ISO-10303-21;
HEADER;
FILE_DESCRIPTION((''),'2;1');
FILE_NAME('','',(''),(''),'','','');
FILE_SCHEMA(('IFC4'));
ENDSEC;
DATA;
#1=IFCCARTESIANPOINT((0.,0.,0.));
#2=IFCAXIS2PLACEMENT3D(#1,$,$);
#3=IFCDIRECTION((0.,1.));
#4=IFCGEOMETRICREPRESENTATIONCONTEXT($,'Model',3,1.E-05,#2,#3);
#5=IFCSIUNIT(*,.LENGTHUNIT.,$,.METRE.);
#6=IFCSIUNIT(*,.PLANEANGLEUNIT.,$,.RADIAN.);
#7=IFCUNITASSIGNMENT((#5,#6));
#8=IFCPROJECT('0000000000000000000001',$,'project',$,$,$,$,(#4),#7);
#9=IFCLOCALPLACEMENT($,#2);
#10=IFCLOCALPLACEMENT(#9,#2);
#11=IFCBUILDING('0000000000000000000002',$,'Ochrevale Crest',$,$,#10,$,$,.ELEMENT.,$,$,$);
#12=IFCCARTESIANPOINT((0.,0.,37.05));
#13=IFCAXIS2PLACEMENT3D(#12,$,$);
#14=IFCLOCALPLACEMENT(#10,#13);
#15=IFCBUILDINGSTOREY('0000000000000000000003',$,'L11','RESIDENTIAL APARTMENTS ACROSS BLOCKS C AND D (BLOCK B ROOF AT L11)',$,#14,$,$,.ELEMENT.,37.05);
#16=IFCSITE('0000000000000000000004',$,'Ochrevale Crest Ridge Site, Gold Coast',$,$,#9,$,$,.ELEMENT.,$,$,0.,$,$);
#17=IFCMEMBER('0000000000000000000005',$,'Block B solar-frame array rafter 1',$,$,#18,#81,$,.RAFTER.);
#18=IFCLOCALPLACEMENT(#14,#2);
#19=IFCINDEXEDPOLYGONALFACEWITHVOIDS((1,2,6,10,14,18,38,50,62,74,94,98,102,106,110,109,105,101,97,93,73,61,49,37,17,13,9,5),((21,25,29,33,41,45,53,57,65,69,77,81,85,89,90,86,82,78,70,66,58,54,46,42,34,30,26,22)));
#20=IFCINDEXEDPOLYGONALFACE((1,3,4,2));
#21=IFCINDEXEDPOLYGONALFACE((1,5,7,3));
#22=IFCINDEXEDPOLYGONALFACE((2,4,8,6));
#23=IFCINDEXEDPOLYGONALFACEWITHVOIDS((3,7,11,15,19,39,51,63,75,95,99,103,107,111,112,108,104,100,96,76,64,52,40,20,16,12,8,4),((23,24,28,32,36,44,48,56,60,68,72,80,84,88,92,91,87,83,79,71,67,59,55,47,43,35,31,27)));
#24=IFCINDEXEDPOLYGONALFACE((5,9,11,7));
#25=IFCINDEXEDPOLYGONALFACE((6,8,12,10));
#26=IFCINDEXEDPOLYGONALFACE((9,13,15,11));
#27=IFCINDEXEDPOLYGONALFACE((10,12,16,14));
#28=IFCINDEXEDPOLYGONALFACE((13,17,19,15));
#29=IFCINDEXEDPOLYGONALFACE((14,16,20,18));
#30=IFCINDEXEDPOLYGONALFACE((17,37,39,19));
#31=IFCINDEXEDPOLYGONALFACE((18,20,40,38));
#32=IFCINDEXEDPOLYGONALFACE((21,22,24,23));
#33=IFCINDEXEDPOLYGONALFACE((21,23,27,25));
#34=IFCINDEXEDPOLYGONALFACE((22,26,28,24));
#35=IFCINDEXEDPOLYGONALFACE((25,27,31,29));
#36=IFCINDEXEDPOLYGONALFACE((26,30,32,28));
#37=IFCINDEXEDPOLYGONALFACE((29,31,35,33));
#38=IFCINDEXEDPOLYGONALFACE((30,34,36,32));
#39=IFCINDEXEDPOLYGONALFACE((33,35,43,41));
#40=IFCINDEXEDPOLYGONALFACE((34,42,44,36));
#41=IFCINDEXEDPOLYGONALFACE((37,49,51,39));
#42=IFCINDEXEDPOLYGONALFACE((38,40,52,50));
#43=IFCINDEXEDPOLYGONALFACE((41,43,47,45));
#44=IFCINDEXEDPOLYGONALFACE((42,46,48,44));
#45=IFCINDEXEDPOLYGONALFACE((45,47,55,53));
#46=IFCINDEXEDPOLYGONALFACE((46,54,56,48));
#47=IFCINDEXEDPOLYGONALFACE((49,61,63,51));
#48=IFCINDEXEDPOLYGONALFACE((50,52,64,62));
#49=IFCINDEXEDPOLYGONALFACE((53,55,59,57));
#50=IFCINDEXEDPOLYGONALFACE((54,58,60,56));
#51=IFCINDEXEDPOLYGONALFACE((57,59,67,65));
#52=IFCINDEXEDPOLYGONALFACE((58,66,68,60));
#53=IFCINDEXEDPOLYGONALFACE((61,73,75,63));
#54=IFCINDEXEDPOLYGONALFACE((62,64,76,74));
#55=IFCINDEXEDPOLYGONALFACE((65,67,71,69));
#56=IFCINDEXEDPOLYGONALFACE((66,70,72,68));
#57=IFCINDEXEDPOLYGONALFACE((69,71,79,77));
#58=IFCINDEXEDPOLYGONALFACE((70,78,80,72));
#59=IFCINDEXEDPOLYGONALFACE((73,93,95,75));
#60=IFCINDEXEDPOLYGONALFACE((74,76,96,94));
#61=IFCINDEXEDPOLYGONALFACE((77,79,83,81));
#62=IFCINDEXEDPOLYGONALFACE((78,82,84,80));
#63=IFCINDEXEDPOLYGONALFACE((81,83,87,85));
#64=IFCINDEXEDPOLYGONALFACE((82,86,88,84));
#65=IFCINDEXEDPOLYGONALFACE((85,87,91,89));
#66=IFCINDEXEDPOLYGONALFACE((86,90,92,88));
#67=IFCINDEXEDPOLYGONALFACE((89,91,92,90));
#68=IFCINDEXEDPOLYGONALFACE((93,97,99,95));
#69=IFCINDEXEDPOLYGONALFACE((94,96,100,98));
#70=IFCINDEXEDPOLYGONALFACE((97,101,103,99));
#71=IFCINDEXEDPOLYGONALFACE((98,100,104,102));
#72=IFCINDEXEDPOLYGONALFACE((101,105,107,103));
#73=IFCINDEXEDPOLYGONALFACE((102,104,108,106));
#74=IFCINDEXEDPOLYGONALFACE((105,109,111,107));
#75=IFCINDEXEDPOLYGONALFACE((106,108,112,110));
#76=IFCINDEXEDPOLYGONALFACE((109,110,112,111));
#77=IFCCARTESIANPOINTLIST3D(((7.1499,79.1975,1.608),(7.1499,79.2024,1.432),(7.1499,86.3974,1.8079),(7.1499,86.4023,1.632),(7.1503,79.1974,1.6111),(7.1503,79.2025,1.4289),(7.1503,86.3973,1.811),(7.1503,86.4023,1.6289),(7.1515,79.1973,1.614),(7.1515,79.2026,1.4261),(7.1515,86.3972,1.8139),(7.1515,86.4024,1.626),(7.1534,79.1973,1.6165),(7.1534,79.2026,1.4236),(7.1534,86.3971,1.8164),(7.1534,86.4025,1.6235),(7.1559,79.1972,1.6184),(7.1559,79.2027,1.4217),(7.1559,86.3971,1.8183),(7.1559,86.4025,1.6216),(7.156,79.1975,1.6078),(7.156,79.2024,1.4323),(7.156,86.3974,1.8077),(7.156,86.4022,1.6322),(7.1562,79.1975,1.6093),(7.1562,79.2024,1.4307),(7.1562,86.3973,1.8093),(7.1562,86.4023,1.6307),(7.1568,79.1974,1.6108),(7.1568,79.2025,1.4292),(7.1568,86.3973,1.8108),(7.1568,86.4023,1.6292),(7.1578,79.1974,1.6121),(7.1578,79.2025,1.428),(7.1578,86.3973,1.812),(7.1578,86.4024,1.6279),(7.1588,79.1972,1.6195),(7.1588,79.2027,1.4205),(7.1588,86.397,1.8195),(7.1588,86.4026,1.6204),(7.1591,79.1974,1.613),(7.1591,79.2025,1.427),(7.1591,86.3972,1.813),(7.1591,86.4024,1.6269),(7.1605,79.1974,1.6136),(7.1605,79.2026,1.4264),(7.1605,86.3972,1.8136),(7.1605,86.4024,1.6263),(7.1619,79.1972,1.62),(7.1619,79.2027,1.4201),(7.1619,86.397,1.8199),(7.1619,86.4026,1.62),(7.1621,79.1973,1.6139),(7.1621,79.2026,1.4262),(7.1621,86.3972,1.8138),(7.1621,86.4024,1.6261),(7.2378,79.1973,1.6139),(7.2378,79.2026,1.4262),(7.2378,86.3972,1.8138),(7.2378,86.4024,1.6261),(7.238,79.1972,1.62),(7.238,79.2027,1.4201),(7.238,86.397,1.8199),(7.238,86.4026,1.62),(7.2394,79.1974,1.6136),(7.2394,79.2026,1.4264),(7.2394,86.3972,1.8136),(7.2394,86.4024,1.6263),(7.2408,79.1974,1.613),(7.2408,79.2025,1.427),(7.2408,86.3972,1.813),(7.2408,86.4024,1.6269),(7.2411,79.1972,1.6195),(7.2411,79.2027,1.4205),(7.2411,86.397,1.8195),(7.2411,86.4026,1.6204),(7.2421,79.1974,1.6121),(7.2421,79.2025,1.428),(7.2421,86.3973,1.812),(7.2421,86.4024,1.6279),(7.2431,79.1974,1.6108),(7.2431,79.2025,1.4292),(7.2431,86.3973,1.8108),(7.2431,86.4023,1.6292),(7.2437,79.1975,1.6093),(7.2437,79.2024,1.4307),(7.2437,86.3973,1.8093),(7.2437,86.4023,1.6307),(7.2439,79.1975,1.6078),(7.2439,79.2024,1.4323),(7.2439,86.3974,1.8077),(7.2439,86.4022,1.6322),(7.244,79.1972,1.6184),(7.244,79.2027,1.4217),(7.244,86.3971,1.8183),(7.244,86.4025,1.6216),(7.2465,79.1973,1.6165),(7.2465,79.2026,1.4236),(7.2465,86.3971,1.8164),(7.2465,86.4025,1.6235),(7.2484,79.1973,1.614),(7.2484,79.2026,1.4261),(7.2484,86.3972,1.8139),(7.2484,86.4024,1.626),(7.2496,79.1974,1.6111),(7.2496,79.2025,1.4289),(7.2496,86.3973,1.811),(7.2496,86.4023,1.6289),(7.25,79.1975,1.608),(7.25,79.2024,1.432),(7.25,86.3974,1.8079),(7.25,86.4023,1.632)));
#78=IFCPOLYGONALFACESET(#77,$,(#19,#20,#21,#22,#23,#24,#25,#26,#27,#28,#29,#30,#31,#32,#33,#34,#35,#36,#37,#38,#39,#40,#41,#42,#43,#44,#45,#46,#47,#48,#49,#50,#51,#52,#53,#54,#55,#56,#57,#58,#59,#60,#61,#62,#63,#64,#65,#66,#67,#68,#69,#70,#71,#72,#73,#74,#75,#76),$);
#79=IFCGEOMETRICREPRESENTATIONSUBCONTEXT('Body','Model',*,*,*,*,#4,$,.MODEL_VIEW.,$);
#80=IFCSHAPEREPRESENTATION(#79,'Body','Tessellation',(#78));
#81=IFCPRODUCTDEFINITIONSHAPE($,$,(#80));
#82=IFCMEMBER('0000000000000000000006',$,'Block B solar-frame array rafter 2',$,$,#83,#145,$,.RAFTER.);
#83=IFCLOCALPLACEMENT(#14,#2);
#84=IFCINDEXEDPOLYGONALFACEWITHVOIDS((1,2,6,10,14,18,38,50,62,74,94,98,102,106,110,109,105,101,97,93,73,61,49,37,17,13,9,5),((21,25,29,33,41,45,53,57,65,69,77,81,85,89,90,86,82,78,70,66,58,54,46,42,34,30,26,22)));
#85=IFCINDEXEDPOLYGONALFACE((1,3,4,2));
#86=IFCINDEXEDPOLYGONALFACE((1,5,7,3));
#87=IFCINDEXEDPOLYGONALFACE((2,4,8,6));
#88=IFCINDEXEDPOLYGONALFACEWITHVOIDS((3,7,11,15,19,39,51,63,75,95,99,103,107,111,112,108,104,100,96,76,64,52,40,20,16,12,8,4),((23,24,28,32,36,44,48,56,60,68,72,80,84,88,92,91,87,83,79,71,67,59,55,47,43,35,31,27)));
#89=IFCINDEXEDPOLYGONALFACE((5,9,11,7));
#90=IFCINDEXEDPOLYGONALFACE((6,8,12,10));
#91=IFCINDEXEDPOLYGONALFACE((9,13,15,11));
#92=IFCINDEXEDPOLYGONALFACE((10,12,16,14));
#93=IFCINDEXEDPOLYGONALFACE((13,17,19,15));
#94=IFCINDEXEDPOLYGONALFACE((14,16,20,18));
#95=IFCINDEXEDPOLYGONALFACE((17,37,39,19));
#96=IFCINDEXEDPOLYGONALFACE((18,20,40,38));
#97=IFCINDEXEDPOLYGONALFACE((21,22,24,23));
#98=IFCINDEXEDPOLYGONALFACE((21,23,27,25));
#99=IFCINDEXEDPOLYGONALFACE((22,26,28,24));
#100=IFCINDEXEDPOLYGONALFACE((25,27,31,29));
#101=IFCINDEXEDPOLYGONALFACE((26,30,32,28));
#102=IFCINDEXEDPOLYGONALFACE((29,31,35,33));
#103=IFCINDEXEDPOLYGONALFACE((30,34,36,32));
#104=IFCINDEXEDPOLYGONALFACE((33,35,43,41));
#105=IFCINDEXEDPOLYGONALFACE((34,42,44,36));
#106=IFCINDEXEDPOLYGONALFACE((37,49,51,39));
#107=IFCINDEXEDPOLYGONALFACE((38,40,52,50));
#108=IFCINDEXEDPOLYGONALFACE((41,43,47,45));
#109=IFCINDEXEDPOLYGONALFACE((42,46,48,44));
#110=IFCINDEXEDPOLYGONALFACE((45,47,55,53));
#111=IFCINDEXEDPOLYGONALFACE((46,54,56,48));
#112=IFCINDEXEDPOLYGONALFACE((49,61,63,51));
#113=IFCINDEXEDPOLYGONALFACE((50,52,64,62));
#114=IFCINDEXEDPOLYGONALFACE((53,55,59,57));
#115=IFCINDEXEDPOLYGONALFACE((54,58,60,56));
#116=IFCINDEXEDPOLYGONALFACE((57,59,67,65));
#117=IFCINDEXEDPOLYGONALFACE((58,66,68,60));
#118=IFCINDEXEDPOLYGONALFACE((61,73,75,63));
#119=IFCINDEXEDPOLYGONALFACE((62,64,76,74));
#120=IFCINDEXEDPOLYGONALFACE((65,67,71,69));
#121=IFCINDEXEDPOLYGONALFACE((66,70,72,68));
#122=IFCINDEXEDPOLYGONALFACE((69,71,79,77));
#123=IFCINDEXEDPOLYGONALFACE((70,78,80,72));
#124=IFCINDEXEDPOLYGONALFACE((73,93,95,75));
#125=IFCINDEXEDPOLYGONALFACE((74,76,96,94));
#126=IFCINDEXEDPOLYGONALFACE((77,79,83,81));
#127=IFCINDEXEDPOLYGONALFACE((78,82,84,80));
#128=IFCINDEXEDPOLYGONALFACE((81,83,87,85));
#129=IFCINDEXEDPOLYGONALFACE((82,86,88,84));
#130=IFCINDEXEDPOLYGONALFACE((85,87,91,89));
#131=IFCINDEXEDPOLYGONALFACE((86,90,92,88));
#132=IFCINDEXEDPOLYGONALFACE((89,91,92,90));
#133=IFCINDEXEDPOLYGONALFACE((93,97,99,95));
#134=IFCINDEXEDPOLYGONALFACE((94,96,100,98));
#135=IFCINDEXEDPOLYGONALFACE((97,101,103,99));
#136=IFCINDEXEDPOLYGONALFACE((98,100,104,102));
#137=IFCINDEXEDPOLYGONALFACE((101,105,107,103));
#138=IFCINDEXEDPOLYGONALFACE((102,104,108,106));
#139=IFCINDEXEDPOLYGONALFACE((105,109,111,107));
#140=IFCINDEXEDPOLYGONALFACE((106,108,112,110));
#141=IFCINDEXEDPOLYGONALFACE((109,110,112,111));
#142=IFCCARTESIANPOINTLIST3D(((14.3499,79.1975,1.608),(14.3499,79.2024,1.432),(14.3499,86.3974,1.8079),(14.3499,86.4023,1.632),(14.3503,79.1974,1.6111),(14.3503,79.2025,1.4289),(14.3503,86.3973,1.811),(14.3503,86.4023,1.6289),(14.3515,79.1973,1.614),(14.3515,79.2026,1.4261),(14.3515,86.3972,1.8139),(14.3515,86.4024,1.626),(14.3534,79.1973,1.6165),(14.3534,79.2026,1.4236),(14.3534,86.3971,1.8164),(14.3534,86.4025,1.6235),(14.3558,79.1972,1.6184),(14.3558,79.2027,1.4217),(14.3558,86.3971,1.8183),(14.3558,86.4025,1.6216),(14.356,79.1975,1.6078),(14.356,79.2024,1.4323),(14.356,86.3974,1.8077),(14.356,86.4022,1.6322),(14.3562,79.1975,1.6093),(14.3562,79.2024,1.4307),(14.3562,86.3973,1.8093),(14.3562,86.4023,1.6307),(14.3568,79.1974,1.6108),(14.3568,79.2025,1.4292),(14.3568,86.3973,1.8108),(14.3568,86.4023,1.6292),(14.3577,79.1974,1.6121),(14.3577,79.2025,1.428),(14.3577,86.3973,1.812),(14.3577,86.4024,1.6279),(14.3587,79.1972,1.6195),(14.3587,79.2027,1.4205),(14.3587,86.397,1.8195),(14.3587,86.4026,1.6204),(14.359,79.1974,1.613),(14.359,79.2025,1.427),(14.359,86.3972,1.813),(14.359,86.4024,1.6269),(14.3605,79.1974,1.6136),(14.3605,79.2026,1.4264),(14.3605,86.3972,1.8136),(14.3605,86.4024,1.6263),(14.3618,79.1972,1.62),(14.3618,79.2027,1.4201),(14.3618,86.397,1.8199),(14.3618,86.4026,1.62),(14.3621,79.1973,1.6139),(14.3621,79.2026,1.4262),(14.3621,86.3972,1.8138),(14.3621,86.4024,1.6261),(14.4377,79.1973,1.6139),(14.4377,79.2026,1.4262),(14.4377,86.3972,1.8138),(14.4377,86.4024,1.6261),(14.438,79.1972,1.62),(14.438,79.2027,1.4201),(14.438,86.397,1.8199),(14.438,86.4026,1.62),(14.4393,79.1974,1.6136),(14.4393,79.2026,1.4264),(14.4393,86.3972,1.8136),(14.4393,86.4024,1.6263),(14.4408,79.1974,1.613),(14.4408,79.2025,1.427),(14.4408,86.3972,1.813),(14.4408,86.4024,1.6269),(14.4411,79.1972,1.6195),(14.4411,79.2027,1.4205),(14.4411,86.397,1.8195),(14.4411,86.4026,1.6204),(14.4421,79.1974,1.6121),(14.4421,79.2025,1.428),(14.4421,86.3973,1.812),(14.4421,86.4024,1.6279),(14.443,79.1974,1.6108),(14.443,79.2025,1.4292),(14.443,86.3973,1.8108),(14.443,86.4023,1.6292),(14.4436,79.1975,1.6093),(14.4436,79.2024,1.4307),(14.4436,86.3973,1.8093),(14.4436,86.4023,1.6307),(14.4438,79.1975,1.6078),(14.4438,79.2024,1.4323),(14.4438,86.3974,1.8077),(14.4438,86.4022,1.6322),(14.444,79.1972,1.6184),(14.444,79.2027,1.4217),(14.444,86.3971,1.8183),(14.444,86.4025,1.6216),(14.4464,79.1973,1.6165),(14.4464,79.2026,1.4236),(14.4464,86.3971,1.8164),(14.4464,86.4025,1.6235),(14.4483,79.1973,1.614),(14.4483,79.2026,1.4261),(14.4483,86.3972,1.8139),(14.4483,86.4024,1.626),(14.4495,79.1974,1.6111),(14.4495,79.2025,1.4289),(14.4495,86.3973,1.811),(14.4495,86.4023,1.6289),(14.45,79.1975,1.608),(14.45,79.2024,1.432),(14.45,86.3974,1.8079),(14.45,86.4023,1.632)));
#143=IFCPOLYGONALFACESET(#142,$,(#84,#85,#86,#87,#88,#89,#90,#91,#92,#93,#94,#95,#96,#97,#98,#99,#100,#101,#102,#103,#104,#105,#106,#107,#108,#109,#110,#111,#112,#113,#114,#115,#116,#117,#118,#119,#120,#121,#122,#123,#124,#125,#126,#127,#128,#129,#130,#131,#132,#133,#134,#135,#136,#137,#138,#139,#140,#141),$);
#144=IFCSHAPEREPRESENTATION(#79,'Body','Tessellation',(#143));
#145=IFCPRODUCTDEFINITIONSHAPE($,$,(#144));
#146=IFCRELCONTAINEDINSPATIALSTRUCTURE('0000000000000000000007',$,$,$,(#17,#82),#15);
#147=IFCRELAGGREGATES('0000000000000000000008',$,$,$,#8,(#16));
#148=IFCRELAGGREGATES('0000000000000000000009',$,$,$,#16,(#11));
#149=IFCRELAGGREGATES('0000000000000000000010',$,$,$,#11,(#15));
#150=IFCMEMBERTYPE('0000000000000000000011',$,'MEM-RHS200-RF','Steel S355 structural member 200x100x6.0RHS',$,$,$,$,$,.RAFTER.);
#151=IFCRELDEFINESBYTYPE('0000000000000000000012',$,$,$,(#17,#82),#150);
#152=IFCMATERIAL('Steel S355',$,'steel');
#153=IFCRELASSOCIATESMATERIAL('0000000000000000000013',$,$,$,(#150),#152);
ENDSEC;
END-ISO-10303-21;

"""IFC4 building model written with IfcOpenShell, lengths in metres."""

from ifc_helpers import new_model, si_unit, direction, frame, origin, origin_2d, place, context, subcontext, project, spatial, hollow_rectangle, extrude, material, material_profile, profile_set, type_object, element, save


model = new_model("IFC4")

# Units and contexts
model_context = context("Model", 3, precision=1e-05, world=origin(), true_north=direction((0.0, 1.0)))
body_context = subcontext(model_context, "Body", "Model", "MODEL_VIEW")
ifc_project = project(units=[si_unit("LENGTHUNIT", "METRE"), si_unit("PLANEANGLEUNIT", "RADIAN")], contexts=[model_context])

# Site, building, storey
site_placement = place(None, origin())
site = spatial("IfcSite", under=ifc_project, at=site_placement, Name="Ochrevale Crest Ridge Site, Gold Coast", CompositionType="ELEMENT", RefElevation=0.0)
building_placement = place(site_placement, origin())
building = spatial("IfcBuilding", under=site, at=building_placement, Name="Ochrevale Crest", CompositionType="ELEMENT")
storey_placement = place(building_placement, frame((0.0, 0.0, 37.05)))
storey = spatial("IfcBuildingStorey", under=building, at=storey_placement, Name="L11", Description="RESIDENTIAL APARTMENTS ACROSS BLOCKS C AND D (BLOCK B ROOF AT L11)", CompositionType="ELEMENT", Elevation=37.05)

# Shared definitions
ifc_material_1 = material(Name="Steel S355", Category="steel")

# Members
ifc_material_profile_1 = material_profile(ifc_material_1, hollow_rectangle(XDim=0.1001, YDim=0.2, WallThickness=0.0061, InnerFilletRadius=0.0061, OuterFilletRadius=0.012, at=origin_2d()), Name="200x100x6.0RHS")
ifc_profile_set_1 = profile_set([ifc_material_profile_1], Name="Steel S355")
member_type_1 = type_object("IfcMemberType", Name="MEM-RHS200-RF", Description="Steel S355 structural member 200x100x6.0RHS", PredefinedType="RAFTER", material=ifc_profile_set_1)
for number, where, z_axis, x_axis, name in (
    (1, (7.2, 79.2, 1.52), (0.0, 0.999615, 0.02776), (-1.0, 0.0, 0.0), "Block B solar-frame array rafter 1"),
    (2, (14.3999, 79.2, 1.52), (0.0, 0.999615, 0.02776), (-1.0, 0.0, 0.0), "Block B solar-frame array rafter 2"),
):
    element("IfcMember", number, at=place(storey_placement, frame(where, z_axis=z_axis, x_axis=x_axis)), inside=storey, type_object=member_type_1, Name=name, PredefinedType="RAFTER", context=body_context, shape_type="SweptSolid", body=[
        extrude(hollow_rectangle(XDim=0.1001, YDim=0.2, WallThickness=0.0061, InnerFilletRadius=0.0061, OuterFilletRadius=0.012, at=origin_2d()), origin(), (0.0, 0.0, 1.0), 7.2026),
    ])

save(model, "model.ifc")
